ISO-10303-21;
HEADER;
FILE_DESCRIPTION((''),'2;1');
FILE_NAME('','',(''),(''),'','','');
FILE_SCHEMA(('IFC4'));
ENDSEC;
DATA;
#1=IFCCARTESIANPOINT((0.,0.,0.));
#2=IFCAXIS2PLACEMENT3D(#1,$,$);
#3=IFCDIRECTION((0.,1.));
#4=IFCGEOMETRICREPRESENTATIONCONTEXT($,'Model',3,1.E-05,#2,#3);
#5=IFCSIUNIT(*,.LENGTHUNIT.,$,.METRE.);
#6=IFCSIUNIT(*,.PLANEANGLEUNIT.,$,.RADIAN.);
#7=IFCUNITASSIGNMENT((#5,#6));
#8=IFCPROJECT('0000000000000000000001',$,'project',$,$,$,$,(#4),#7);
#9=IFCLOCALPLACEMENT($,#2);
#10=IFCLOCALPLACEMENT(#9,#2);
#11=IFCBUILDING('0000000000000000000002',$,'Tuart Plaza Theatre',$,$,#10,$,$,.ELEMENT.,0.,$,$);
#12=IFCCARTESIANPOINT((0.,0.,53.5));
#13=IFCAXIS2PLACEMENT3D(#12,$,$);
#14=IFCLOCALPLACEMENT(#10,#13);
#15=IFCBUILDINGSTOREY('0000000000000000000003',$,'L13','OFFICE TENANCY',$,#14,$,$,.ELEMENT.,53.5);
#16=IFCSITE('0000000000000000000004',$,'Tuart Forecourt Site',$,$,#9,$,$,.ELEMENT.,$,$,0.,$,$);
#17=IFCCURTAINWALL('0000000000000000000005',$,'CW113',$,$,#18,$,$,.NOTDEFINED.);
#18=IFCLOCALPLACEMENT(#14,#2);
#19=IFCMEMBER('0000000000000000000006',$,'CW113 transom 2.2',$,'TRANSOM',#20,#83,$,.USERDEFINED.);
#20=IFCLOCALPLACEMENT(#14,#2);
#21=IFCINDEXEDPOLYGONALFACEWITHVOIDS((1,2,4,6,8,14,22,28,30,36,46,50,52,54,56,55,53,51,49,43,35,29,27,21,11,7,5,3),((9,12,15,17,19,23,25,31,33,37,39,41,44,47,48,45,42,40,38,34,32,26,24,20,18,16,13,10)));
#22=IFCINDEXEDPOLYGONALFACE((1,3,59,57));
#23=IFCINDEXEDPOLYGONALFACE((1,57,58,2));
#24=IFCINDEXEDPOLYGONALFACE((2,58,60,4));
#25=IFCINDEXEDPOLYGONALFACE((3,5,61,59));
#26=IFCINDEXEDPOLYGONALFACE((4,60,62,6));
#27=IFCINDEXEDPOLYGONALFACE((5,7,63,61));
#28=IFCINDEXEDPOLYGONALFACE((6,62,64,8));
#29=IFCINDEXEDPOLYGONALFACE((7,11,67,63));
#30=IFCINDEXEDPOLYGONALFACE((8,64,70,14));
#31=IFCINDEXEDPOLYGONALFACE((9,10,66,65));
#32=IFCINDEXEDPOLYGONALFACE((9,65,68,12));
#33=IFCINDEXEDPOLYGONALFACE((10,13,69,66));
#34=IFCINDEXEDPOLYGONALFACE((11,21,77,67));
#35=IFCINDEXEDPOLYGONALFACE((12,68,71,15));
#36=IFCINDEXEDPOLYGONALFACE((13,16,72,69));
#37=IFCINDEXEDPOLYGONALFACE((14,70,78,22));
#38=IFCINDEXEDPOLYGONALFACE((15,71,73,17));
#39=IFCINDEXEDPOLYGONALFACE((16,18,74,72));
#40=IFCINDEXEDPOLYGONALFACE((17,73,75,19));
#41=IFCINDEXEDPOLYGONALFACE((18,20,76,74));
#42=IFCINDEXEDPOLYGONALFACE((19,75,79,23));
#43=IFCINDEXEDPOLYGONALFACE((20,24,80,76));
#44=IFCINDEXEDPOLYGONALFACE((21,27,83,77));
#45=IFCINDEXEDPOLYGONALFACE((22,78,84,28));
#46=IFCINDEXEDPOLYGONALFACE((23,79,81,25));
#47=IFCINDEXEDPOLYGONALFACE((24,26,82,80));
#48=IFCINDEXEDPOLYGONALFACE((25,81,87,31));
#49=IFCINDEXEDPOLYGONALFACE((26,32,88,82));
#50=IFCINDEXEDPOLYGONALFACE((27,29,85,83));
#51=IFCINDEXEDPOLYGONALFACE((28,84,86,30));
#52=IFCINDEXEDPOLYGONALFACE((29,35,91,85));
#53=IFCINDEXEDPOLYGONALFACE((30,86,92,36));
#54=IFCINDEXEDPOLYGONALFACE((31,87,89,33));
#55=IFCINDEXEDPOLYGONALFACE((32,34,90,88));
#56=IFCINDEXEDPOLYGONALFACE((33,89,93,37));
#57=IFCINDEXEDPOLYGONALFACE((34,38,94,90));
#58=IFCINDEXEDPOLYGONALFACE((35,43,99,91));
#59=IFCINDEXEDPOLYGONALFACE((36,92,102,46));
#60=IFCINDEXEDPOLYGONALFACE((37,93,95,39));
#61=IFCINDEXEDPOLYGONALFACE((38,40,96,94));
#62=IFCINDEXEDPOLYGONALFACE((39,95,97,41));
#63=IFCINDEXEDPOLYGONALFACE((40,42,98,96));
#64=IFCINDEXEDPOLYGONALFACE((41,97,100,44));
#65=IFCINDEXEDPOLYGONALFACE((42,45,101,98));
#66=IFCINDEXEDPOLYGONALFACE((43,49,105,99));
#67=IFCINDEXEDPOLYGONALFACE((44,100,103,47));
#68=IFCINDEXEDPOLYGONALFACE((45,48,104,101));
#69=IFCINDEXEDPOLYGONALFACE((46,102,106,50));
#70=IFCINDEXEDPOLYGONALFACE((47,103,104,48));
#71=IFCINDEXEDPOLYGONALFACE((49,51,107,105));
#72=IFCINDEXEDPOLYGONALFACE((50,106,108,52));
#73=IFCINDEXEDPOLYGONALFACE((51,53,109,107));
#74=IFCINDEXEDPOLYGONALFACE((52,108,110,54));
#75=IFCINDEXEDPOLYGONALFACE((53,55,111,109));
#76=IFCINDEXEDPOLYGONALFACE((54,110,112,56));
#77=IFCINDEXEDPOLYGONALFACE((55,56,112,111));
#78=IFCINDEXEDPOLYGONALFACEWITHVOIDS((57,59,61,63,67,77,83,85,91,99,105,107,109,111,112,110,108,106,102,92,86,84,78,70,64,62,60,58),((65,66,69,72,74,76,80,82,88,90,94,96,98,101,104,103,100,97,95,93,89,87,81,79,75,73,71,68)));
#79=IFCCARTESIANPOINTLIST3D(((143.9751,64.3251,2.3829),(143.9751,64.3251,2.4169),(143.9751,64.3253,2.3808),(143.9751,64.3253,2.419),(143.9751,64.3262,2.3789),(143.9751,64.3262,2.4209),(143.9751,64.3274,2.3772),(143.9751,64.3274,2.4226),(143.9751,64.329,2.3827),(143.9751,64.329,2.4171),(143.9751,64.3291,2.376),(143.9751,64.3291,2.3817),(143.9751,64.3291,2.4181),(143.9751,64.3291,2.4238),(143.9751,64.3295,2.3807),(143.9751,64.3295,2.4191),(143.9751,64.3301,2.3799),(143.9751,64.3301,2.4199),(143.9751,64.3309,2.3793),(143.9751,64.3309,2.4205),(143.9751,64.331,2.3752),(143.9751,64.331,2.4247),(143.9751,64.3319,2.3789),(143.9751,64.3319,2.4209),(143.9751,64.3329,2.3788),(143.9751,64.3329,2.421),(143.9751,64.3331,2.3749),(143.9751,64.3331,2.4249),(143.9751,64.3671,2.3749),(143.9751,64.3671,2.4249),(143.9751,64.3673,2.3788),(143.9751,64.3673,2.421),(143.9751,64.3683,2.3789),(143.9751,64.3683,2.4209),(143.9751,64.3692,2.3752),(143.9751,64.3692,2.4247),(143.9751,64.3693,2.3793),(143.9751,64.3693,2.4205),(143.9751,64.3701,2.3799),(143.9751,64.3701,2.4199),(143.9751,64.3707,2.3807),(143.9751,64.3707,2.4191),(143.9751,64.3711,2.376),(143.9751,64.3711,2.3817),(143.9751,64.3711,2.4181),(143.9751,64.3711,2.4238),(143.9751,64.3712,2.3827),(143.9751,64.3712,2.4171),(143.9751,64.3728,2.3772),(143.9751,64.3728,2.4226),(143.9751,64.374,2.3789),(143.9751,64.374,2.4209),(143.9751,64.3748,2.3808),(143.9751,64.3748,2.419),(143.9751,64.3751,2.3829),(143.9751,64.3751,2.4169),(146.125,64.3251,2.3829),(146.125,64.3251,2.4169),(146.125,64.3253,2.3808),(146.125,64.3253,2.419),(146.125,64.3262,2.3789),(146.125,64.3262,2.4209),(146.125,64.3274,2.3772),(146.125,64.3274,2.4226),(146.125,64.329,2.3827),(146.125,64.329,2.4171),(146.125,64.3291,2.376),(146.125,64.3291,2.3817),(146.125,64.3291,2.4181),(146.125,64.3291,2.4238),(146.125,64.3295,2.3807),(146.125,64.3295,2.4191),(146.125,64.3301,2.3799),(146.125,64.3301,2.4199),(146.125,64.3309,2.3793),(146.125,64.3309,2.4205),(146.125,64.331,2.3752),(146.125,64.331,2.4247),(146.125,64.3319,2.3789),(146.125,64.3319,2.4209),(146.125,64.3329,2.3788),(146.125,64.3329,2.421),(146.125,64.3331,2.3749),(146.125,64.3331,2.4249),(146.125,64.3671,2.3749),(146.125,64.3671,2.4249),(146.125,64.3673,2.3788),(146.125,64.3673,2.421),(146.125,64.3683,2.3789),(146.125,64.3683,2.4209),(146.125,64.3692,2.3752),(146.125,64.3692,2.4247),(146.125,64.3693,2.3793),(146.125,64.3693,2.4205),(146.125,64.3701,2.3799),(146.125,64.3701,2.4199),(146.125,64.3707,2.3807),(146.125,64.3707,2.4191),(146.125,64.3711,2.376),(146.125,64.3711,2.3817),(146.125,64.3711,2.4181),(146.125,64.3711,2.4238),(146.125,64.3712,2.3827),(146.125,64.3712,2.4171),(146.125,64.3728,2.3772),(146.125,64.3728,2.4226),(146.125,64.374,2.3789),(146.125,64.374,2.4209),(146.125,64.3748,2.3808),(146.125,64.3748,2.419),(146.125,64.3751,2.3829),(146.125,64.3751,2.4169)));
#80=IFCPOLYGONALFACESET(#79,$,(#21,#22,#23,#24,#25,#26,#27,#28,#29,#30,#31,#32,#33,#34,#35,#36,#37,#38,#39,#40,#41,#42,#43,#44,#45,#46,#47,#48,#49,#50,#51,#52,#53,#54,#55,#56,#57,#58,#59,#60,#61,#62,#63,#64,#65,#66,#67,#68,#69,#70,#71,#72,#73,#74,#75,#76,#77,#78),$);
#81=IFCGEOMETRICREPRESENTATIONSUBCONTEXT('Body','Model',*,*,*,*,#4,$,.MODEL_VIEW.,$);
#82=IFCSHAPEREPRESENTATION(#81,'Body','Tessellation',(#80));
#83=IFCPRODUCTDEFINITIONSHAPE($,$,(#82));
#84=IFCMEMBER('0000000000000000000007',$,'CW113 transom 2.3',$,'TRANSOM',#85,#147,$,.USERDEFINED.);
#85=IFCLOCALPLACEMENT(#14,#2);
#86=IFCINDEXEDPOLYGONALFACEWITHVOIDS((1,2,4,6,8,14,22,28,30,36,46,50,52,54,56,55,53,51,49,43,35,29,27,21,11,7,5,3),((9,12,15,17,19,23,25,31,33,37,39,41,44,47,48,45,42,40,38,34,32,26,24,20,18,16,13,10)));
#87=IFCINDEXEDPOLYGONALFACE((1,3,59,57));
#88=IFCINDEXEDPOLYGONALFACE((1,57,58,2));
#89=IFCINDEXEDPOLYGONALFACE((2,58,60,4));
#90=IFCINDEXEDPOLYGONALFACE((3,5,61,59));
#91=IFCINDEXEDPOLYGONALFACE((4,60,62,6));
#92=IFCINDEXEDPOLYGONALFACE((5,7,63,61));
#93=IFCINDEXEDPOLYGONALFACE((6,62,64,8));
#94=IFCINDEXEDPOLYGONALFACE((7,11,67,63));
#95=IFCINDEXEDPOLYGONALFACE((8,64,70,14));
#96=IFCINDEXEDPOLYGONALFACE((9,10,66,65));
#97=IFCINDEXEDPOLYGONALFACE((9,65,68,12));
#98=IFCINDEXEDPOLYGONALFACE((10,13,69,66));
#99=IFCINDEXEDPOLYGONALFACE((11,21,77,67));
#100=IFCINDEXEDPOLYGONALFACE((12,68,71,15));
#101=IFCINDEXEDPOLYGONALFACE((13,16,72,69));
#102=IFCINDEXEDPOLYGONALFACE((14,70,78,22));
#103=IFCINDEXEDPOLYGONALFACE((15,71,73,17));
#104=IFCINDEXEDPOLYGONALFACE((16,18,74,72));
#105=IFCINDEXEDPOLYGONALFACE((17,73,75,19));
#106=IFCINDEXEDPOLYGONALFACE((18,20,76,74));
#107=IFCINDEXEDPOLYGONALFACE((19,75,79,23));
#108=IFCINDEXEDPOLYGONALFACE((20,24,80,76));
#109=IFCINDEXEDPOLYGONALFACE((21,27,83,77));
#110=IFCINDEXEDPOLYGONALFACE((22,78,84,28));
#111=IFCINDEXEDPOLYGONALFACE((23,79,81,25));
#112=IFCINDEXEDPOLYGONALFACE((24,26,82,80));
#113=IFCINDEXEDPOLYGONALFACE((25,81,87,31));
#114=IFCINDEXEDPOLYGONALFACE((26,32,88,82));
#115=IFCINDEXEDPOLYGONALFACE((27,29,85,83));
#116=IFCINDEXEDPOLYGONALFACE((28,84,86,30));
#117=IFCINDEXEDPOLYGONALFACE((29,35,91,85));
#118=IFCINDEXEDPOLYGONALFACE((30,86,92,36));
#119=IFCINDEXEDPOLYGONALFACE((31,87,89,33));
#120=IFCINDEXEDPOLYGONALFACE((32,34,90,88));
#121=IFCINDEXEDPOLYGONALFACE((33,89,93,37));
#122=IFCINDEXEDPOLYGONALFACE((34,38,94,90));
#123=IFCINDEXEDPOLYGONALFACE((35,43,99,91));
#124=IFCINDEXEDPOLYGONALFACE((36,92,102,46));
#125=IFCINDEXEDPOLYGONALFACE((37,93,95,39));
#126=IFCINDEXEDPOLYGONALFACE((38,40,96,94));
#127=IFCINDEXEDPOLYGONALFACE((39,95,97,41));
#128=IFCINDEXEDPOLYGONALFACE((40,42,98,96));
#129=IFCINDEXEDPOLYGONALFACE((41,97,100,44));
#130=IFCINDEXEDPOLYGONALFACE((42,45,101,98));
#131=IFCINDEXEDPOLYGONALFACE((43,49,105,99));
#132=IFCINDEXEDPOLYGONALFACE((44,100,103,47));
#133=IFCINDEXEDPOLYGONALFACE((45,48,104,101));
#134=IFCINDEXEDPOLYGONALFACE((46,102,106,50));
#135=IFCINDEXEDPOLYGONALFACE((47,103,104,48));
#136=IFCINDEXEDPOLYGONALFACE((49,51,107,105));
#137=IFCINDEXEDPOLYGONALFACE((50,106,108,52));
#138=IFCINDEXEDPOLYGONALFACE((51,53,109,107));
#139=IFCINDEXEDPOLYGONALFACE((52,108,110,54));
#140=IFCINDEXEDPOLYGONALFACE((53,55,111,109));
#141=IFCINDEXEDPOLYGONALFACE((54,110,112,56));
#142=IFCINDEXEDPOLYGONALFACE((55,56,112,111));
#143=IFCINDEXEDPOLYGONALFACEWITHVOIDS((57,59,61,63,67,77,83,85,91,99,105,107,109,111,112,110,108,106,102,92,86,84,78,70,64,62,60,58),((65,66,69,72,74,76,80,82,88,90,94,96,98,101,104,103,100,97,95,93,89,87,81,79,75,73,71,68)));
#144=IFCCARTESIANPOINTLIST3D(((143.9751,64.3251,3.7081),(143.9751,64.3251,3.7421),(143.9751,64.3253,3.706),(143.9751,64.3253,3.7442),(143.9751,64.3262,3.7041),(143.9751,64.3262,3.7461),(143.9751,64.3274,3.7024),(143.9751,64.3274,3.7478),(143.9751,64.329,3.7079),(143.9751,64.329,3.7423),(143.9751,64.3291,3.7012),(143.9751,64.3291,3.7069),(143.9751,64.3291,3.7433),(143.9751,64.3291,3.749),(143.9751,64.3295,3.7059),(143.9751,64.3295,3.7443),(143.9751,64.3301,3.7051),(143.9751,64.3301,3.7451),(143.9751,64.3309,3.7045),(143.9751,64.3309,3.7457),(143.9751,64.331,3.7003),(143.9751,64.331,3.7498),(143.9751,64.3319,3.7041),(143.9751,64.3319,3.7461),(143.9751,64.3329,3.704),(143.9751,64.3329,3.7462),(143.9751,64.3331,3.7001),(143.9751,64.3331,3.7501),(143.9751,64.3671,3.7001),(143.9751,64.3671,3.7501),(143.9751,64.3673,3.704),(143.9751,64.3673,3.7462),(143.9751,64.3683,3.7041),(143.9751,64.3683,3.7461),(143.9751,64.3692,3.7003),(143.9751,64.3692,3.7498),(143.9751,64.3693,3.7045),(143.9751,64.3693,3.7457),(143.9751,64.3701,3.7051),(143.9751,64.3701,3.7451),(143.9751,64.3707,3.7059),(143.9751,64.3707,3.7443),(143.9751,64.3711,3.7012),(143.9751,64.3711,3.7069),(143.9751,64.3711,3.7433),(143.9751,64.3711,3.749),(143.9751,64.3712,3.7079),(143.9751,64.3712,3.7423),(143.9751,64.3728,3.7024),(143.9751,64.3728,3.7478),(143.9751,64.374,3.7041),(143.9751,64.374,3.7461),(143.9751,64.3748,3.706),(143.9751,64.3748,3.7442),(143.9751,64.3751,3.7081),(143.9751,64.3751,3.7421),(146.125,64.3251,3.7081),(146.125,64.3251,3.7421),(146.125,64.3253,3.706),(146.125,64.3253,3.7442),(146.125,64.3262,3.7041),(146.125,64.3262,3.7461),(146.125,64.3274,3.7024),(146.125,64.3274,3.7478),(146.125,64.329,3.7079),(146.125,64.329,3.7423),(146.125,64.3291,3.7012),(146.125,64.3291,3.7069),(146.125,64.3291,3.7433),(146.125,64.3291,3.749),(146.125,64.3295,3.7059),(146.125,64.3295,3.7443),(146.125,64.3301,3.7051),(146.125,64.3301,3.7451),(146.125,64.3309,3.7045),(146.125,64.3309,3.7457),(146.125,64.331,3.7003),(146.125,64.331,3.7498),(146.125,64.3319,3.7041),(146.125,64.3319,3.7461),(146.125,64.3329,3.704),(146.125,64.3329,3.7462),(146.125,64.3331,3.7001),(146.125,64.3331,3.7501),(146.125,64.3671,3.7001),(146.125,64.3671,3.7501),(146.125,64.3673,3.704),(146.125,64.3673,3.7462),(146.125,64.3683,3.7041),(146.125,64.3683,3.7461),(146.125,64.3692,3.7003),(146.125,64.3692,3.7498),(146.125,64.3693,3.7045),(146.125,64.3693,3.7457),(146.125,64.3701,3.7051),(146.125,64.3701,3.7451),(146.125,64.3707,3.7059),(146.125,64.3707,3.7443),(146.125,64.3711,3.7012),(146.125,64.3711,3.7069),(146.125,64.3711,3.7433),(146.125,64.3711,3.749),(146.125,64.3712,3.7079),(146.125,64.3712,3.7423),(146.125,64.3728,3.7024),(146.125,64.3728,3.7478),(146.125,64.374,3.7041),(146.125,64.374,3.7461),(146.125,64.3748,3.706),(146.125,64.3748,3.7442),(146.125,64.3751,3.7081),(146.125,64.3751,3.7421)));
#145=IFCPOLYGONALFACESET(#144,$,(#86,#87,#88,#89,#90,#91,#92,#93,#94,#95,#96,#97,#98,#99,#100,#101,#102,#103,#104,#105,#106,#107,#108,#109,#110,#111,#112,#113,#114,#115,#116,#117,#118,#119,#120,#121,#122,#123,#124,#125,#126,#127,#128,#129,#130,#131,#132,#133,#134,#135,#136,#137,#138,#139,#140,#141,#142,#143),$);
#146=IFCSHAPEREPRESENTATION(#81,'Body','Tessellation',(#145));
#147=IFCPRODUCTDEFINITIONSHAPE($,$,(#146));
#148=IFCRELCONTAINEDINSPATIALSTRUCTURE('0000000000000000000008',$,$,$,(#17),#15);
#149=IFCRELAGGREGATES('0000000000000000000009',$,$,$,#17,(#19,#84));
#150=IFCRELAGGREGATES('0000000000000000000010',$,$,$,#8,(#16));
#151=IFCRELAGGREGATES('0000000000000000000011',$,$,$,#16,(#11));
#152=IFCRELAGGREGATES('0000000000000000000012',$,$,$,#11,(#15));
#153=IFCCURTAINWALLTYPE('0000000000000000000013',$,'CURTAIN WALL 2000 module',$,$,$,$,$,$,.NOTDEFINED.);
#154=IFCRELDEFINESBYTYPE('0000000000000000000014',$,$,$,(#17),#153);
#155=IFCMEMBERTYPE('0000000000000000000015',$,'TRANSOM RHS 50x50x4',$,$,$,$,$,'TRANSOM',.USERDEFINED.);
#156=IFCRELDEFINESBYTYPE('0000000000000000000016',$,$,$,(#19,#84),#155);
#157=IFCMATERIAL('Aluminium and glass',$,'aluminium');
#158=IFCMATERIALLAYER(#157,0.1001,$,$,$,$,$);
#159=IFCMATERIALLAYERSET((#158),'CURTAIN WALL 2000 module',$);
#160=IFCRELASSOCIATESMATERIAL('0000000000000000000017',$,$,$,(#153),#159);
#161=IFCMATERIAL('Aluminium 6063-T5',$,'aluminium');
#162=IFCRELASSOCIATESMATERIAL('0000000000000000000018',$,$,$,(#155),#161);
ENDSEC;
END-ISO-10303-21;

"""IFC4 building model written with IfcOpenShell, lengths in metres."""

from ifc_helpers import new_model, si_unit, direction, frame, origin, origin_2d, place, context, subcontext, project, spatial, hollow_rectangle, extrude, material, layer, layer_set, material_profile, profile_set, type_object, element, aggregate, save


model = new_model("IFC4")

# Units and contexts
model_context = context("Model", 3, precision=1e-05, world=origin(), true_north=direction((0.0, 1.0)))
body_context = subcontext(model_context, "Body", "Model", "MODEL_VIEW")
ifc_project = project(units=[si_unit("LENGTHUNIT", "METRE"), si_unit("PLANEANGLEUNIT", "RADIAN")], contexts=[model_context])

# Site, building, storey
site_placement = place(None, origin())
site = spatial("IfcSite", under=ifc_project, at=site_placement, Name="Tuart Forecourt Site", CompositionType="ELEMENT", RefElevation=0.0)
building_placement = place(site_placement, origin())
building = spatial("IfcBuilding", under=site, at=building_placement, Name="Tuart Plaza Theatre", CompositionType="ELEMENT", ElevationOfRefHeight=0.0)
storey_placement = place(building_placement, frame((0.0, 0.0, 53.5)))
storey = spatial("IfcBuildingStorey", under=building, at=storey_placement, Name="L13", Description="OFFICE TENANCY", CompositionType="ELEMENT", Elevation=53.5)

# Curtain wall, members
ifc_material_1 = material(Name="Aluminium and glass", Category="aluminium")
ifc_layer_1 = layer(ifc_material_1, 0.1001)
ifc_layer_set_1 = layer_set([ifc_layer_1], Name="CURTAIN WALL 2000 module")
curtain_wall_type = type_object("IfcCurtainWallType", Name="CURTAIN WALL 2000 module", PredefinedType="NOTDEFINED", material=ifc_layer_set_1)
curtain_wall_placement = place(storey_placement, origin())
curtain_wall = element("IfcCurtainWall", 1, at=curtain_wall_placement, inside=storey, type_object=curtain_wall_type, Name="CW113", PredefinedType="NOTDEFINED")
ifc_material_2 = material(Name="Aluminium 6063-T5", Category="aluminium")
ifc_material_profile_1 = material_profile(ifc_material_2, hollow_rectangle(XDim=0.05, YDim=0.05, WallThickness=0.0039, InnerFilletRadius=0.0039, OuterFilletRadius=0.0081, at=origin_2d()), Name="RHS 50x50x4")
ifc_profile_set_1 = profile_set([ifc_material_profile_1], Name="Aluminium 6063-T5")
member_type_1 = type_object("IfcMemberType", Name="TRANSOM RHS 50x50x4", ElementType="TRANSOM", PredefinedType="USERDEFINED", material=ifc_profile_set_1)
member_1_placement = place(storey_placement, frame((143.9751, 64.3501, 2.3999), z_axis=(1.0, 0.0, 0.0), x_axis=(0.0, 1.0, 0.0)))
member_1 = element("IfcMember", 2, at=member_1_placement, type_object=member_type_1, Name="CW113 transom 2.2", ObjectType="TRANSOM", PredefinedType="USERDEFINED", context=body_context, shape_type="SweptSolid", body=[
    extrude(hollow_rectangle(XDim=0.05, YDim=0.05, WallThickness=0.0039, InnerFilletRadius=0.0039, OuterFilletRadius=0.0081, at=origin_2d()), origin(), (0.0, 0.0, 1.0), 2.1499),
])
member_2_placement = place(storey_placement, frame((143.9751, 64.3501, 3.7251), z_axis=(1.0, 0.0, 0.0), x_axis=(0.0, 1.0, 0.0)))
member_2 = element("IfcMember", 3, at=member_2_placement, type_object=member_type_1, Name="CW113 transom 2.3", ObjectType="TRANSOM", PredefinedType="USERDEFINED", context=body_context, shape_type="SweptSolid", body=[
    extrude(hollow_rectangle(XDim=0.05, YDim=0.05, WallThickness=0.0039, InnerFilletRadius=0.0039, OuterFilletRadius=0.0081, at=origin_2d()), origin(), (0.0, 0.0, 1.0), 2.1499),
])
aggregate(curtain_wall, [member_1, member_2])

save(model, "model.ifc")
